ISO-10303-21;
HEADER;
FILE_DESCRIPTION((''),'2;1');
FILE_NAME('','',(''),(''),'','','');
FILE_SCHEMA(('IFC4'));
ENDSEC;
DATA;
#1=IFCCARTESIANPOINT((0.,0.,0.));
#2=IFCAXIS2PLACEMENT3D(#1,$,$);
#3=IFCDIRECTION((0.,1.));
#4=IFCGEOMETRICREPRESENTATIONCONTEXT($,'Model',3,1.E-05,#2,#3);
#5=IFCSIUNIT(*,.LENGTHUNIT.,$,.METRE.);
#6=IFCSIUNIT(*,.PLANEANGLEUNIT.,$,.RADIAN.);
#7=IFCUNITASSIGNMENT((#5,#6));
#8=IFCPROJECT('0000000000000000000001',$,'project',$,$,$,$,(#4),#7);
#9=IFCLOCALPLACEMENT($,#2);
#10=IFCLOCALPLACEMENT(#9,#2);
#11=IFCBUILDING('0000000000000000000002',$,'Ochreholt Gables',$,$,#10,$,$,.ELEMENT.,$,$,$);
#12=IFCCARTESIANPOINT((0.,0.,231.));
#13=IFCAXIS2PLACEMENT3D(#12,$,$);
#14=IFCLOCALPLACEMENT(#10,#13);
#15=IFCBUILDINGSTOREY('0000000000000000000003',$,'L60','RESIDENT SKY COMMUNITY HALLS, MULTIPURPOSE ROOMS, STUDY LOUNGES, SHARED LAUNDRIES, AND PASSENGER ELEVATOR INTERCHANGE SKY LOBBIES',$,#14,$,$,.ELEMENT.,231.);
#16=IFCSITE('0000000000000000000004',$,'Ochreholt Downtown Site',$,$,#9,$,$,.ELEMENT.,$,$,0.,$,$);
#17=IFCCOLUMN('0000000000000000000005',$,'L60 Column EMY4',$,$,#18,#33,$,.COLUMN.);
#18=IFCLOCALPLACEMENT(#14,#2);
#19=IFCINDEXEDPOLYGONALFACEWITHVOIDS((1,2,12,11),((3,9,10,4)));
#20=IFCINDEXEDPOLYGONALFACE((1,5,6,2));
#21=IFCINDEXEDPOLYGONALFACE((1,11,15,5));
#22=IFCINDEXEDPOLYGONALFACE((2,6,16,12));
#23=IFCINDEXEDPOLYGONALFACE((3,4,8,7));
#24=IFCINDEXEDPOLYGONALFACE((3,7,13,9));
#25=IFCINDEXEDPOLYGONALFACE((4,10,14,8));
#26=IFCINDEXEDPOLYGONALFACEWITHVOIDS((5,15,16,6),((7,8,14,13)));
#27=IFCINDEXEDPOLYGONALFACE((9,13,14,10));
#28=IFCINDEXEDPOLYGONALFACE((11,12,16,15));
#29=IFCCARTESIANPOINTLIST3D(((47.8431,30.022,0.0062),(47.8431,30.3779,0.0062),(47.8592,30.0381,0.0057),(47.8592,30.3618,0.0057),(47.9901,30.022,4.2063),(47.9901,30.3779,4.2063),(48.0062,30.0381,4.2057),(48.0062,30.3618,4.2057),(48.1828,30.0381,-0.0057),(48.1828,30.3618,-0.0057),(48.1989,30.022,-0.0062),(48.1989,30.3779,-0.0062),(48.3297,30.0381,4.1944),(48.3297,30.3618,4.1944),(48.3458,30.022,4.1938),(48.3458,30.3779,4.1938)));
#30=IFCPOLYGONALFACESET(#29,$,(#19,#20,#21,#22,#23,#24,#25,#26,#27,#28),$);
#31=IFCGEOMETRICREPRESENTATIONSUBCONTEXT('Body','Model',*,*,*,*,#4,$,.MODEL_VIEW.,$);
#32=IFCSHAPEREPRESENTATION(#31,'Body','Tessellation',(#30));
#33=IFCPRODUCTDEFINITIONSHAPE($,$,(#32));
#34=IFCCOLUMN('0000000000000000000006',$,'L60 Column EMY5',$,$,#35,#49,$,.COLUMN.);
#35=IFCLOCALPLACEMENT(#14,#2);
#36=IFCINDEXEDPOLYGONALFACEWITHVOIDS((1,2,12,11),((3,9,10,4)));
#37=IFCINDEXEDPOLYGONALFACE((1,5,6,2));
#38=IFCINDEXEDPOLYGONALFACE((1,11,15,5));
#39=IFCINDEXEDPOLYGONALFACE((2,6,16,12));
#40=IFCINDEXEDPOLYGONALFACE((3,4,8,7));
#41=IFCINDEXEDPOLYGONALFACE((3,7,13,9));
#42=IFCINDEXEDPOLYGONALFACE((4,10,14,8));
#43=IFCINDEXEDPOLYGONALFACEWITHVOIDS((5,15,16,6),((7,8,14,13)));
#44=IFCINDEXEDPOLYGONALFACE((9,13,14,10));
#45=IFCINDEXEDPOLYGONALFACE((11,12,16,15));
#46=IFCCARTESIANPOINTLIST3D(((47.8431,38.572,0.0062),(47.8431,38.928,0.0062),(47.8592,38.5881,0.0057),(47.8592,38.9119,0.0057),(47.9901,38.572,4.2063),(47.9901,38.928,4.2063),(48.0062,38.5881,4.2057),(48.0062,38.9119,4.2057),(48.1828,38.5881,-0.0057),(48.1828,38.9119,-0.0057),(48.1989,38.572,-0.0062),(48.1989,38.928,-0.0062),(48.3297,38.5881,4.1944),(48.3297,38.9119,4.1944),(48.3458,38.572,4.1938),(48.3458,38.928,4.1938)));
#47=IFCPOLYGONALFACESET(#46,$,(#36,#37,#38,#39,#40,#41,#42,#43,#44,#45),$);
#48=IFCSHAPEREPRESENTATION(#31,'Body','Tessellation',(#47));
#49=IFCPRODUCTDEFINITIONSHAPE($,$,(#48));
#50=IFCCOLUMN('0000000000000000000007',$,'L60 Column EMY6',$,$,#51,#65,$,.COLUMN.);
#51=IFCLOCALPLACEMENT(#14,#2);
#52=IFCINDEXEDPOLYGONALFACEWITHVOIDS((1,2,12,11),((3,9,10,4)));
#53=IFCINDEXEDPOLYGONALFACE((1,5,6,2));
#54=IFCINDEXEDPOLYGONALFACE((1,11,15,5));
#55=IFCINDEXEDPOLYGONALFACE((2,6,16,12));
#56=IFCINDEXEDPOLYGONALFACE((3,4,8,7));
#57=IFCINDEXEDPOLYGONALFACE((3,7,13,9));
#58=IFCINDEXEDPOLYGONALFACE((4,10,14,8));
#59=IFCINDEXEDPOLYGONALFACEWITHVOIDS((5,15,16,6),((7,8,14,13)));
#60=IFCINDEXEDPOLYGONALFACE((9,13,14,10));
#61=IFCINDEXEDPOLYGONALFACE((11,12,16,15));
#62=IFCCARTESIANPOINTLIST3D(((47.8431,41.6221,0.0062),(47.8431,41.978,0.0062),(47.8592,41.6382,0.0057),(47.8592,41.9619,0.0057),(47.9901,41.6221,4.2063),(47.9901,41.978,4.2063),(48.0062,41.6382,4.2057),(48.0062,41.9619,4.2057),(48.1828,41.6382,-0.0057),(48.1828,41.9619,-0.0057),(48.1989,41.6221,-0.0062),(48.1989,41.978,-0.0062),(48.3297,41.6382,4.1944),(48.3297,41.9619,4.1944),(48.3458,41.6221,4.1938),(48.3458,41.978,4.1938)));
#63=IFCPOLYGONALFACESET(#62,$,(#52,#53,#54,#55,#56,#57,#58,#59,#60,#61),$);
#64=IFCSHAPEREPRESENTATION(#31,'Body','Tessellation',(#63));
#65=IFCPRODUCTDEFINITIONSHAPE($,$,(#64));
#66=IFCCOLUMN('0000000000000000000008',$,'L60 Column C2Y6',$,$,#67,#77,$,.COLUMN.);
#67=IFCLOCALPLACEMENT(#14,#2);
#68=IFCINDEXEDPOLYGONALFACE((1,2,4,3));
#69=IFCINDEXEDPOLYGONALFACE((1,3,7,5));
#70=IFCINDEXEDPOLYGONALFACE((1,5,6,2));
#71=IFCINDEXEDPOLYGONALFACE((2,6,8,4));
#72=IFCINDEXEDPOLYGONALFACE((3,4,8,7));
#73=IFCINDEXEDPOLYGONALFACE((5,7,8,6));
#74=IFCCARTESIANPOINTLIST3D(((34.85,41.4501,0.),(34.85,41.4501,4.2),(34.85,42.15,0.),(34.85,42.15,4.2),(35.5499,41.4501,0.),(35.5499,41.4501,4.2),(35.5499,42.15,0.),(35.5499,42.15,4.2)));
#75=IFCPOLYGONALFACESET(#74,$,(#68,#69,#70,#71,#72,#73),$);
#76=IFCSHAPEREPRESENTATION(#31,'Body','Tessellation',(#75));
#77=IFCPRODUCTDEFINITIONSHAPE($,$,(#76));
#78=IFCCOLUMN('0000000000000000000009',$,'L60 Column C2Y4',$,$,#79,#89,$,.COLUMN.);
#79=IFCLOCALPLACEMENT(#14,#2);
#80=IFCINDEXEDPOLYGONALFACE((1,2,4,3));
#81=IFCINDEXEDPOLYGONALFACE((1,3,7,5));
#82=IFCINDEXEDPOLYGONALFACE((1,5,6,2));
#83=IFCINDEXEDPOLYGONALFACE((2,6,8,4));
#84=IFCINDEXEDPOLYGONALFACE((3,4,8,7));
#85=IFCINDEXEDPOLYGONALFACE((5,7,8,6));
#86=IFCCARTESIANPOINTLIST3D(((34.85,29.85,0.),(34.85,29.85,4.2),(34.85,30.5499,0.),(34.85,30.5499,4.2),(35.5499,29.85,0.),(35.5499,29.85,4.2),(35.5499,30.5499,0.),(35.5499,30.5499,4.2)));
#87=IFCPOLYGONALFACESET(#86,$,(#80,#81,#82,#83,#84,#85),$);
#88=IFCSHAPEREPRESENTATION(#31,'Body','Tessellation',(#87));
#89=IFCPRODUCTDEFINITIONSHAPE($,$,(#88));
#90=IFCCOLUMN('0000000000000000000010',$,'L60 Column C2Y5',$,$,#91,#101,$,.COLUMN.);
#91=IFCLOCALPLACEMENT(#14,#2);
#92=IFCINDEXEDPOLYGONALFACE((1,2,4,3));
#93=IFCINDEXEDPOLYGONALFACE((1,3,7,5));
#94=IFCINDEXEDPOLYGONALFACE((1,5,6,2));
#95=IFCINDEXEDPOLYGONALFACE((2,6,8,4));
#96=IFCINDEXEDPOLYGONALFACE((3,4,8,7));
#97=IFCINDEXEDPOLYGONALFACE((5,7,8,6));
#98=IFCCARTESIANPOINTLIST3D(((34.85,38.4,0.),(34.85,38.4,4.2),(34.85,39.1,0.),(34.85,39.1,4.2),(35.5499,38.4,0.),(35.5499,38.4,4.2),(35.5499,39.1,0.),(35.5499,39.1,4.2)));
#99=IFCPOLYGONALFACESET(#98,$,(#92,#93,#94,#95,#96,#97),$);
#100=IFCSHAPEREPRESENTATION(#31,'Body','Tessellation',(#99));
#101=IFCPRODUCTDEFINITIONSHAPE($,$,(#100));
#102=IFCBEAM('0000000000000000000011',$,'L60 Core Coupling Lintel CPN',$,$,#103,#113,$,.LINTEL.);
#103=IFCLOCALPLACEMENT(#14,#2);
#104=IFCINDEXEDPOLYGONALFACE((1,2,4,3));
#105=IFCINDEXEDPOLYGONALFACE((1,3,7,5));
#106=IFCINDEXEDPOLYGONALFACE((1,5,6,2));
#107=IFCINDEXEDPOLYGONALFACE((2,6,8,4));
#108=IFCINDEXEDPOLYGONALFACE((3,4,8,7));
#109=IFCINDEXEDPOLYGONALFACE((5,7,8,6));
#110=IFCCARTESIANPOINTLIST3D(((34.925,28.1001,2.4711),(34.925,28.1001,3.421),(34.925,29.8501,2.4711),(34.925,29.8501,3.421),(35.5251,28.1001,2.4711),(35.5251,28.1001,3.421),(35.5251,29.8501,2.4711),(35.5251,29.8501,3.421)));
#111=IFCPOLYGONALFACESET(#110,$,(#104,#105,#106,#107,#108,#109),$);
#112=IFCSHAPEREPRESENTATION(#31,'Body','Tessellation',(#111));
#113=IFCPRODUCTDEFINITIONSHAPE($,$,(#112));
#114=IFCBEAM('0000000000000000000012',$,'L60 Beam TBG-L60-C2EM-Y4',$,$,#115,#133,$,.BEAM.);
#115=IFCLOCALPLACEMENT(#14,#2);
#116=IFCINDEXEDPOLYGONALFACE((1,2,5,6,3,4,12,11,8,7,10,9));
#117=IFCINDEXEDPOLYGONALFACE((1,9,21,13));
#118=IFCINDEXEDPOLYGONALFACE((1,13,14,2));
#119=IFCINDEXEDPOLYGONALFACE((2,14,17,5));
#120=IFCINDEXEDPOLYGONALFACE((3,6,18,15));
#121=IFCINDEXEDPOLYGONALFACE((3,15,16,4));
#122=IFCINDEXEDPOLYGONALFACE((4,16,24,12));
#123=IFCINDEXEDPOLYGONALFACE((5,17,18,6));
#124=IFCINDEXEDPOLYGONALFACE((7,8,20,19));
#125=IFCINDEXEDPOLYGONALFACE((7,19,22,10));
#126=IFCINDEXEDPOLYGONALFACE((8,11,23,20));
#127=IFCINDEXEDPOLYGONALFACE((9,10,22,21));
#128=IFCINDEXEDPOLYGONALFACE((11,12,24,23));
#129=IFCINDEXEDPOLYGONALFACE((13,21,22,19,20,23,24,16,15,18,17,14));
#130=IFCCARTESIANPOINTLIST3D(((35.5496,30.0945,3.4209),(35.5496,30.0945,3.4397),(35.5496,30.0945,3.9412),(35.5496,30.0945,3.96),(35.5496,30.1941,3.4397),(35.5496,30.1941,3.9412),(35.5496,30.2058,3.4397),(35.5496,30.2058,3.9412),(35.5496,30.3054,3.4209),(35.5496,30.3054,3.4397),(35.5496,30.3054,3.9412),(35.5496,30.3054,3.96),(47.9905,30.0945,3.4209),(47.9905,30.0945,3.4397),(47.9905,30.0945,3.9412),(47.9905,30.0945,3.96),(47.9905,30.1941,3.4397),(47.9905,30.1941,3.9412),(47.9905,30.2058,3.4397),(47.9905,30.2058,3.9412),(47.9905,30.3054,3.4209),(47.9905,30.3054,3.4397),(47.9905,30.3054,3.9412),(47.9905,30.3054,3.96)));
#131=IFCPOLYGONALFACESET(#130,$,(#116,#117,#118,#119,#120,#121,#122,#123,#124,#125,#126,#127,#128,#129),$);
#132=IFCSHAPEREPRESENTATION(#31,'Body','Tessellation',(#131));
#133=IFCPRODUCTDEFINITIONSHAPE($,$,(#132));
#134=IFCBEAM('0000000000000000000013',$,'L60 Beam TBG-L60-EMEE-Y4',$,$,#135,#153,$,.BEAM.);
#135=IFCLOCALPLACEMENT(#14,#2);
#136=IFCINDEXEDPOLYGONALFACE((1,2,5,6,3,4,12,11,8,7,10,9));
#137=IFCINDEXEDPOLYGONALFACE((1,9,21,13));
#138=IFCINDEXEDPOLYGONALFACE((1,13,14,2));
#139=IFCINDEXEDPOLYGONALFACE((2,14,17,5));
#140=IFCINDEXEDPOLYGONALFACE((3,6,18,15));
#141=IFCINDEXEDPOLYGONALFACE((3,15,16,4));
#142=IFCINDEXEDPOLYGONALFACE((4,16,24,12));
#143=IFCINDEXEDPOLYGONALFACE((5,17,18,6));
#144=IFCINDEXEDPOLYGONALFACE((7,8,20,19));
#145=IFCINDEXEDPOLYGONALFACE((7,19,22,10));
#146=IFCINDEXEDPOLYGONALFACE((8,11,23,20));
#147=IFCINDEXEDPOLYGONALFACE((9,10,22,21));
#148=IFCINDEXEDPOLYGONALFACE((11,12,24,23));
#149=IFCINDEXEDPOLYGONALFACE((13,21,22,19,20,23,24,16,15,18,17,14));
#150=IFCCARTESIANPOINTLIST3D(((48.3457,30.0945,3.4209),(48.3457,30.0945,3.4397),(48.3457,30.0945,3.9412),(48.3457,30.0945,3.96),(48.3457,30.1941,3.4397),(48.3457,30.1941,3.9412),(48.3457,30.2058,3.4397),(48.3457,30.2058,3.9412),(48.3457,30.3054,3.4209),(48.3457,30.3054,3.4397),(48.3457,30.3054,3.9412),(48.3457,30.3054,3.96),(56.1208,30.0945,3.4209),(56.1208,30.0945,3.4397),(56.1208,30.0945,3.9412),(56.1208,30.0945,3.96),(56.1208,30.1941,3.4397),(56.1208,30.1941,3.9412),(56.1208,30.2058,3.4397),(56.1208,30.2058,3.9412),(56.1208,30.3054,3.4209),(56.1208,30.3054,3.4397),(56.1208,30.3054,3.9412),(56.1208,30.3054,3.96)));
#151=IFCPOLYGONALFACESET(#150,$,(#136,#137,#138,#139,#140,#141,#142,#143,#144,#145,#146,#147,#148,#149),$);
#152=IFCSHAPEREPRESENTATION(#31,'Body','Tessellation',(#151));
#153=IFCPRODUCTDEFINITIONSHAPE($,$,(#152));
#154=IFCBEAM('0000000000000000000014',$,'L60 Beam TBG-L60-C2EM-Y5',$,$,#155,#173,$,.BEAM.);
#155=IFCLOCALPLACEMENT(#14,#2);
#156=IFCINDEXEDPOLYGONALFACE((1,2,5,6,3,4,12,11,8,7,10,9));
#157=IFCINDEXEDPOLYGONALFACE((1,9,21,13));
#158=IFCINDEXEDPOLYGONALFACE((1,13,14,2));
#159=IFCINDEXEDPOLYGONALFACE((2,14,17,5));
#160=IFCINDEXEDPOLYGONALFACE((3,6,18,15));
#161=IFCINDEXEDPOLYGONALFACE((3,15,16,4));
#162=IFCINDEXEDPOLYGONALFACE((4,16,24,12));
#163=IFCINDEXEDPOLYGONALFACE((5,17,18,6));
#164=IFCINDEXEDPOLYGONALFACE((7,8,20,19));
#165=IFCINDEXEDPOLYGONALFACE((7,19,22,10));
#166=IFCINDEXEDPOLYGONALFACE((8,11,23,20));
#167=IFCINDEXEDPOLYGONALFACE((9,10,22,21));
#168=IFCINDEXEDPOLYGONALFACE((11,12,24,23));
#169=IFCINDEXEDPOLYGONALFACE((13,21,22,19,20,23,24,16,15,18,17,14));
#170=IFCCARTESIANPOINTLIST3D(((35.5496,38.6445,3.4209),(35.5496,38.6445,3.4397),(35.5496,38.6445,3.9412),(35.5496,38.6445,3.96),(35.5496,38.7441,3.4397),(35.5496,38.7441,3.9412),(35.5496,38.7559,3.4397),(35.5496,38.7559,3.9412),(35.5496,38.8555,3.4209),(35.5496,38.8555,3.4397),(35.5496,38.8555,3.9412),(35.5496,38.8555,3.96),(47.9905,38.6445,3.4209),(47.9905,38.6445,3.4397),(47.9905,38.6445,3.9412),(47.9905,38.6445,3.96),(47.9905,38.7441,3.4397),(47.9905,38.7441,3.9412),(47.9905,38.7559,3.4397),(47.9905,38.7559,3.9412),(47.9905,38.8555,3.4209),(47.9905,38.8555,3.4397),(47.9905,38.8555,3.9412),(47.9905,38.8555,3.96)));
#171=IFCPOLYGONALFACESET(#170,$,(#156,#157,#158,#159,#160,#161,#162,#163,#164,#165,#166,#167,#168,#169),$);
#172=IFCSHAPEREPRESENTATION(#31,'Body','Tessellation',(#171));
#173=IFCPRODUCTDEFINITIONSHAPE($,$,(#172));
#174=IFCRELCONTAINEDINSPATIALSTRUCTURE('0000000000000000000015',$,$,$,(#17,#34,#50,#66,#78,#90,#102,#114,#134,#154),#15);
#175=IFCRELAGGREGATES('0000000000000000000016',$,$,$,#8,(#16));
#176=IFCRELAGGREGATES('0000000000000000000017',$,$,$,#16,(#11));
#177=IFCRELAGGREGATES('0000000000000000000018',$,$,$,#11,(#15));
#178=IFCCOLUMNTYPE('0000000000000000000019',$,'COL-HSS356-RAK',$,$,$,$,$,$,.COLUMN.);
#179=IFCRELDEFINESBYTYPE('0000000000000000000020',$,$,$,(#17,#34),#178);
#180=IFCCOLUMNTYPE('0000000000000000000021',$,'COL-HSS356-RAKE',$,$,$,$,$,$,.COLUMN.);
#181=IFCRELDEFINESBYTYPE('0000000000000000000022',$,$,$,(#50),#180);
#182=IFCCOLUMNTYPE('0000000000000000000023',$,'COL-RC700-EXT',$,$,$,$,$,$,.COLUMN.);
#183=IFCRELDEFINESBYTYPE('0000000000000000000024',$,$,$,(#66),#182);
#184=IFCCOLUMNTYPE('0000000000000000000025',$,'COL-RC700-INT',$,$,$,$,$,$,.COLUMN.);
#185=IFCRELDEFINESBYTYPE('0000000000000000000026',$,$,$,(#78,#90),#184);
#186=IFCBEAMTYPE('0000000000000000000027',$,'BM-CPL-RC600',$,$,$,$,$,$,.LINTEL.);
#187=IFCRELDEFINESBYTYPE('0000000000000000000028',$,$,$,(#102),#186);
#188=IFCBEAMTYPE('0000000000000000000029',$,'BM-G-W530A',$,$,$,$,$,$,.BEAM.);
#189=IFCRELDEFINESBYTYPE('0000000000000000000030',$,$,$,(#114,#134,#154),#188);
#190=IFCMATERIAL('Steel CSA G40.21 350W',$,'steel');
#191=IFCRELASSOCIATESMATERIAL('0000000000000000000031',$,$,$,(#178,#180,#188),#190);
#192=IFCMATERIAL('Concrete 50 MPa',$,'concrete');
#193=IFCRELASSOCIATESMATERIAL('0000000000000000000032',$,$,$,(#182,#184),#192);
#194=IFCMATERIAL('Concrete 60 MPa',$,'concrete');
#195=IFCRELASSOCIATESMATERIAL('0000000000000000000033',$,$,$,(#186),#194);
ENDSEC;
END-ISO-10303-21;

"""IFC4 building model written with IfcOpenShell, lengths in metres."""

from ifc_helpers import new_model, si_unit, direction, frame, origin, origin_2d, place, context, subcontext, project, spatial, rectangle, hollow_rectangle, i_section, extrude, material, material_profile, profile_set, type_object, element, save


model = new_model("IFC4")

# Units and contexts
model_context = context("Model", 3, precision=1e-05, world=origin(), true_north=direction((0.0, 1.0)))
body_context = subcontext(model_context, "Body", "Model", "MODEL_VIEW")
ifc_project = project(units=[si_unit("LENGTHUNIT", "METRE"), si_unit("PLANEANGLEUNIT", "RADIAN")], contexts=[model_context])

# Site, building, storey
site_placement = place(None, origin())
site = spatial("IfcSite", under=ifc_project, at=site_placement, Name="Ochreholt Downtown Site", CompositionType="ELEMENT", RefElevation=0.0)
building_placement = place(site_placement, origin())
building = spatial("IfcBuilding", under=site, at=building_placement, Name="Ochreholt Gables", CompositionType="ELEMENT")
storey_placement = place(building_placement, frame((0.0, 0.0, 231.0)))
storey = spatial("IfcBuildingStorey", under=building, at=storey_placement, Name="L60", Description="RESIDENT SKY COMMUNITY HALLS, MULTIPURPOSE ROOMS, STUDY LOUNGES, SHARED LAUNDRIES, AND PASSENGER ELEVATOR INTERCHANGE SKY LOBBIES", CompositionType="ELEMENT", Elevation=231.0)

# Columns
ifc_material_1 = material(Name="Steel CSA G40.21 350W", Category="steel")
ifc_material_profile_1 = material_profile(ifc_material_1, hollow_rectangle(XDim=0.356, YDim=0.356, WallThickness=0.0161, at=origin_2d()), Name="HSS356X356X16")
ifc_profile_set_1 = profile_set([ifc_material_profile_1], Name="Steel CSA G40.21 350W")
column_type_1 = type_object("IfcColumnType", Name="COL-HSS356-RAK", PredefinedType="COLUMN", material=ifc_profile_set_1)
for number, where, z_axis, x_axis, name in (
    (1, (48.021, 30.2, 0.0), (0.034972, 0.0, 0.999388), (0.0, 1.0, 0.0), "L60 Column EMY4"),
    (2, (48.021, 38.75, 0.0), (0.034972, 0.0, 0.999388), (0.0, 1.0, 0.0), "L60 Column EMY5"),
):
    element("IfcColumn", number, at=place(storey_placement, frame(where, z_axis=z_axis, x_axis=x_axis)), inside=storey, type_object=column_type_1, Name=name, PredefinedType="COLUMN", context=body_context, shape_type="SweptSolid", body=[
        extrude(hollow_rectangle(XDim=0.356, YDim=0.356, WallThickness=0.0161, at=origin_2d()), origin(), (0.0, 0.0, 1.0), 4.2026),
    ])
ifc_material_profile_2 = material_profile(ifc_material_1, hollow_rectangle(XDim=0.356, YDim=0.356, WallThickness=0.0161, at=origin_2d()), Name="HSS356X356X16")
ifc_profile_set_2 = profile_set([ifc_material_profile_2], Name="Steel CSA G40.21 350W")
column_type_2 = type_object("IfcColumnType", Name="COL-HSS356-RAKE", PredefinedType="COLUMN", material=ifc_profile_set_2)
column_1_placement = place(storey_placement, frame((48.021, 41.8, 0.0), z_axis=(0.034972, 0.0, 0.999388), x_axis=(0.0, 1.0, 0.0)))
element("IfcColumn", 3, at=column_1_placement, inside=storey, type_object=column_type_2, Name="L60 Column EMY6", PredefinedType="COLUMN", context=body_context, shape_type="SweptSolid", body=[
    extrude(hollow_rectangle(XDim=0.356, YDim=0.356, WallThickness=0.0161, at=origin_2d()), origin(), (0.0, 0.0, 1.0), 4.2026),
])
ifc_material_2 = material(Name="Concrete 50 MPa", Category="concrete")
ifc_material_profile_3 = material_profile(ifc_material_2, rectangle(XDim=0.7, YDim=0.7, at=origin_2d()), Name="RC700X700")
ifc_profile_set_3 = profile_set([ifc_material_profile_3], Name="Concrete 50 MPa")
column_type_3 = type_object("IfcColumnType", Name="COL-RC700-EXT", PredefinedType="COLUMN", material=ifc_profile_set_3)
column_2_placement = place(storey_placement, frame((35.2, 41.8, 0.0), z_axis=(0.0, 0.0, 1.0), x_axis=(1.0, 0.0, 0.0)))
element("IfcColumn", 4, at=column_2_placement, inside=storey, type_object=column_type_3, Name="L60 Column C2Y6", PredefinedType="COLUMN", context=body_context, shape_type="SweptSolid", body=[
    extrude(rectangle(XDim=0.7, YDim=0.7, at=origin_2d()), origin(), (0.0, 0.0, 1.0), 4.2),
])
ifc_material_profile_4 = material_profile(ifc_material_2, rectangle(XDim=0.7, YDim=0.7, at=origin_2d()), Name="RC700X700")
ifc_profile_set_4 = profile_set([ifc_material_profile_4], Name="Concrete 50 MPa")
column_type_4 = type_object("IfcColumnType", Name="COL-RC700-INT", PredefinedType="COLUMN", material=ifc_profile_set_4)
for number, where, z_axis, x_axis, name in (
    (5, (35.2, 30.2, 0.0), (0.0, 0.0, 1.0), (1.0, 0.0, 0.0), "L60 Column C2Y4"),
    (6, (35.2, 38.75, 0.0), (0.0, 0.0, 1.0), (1.0, 0.0, 0.0), "L60 Column C2Y5"),
):
    element("IfcColumn", number, at=place(storey_placement, frame(where, z_axis=z_axis, x_axis=x_axis)), inside=storey, type_object=column_type_4, Name=name, PredefinedType="COLUMN", context=body_context, shape_type="SweptSolid", body=[
        extrude(rectangle(XDim=0.7, YDim=0.7, at=origin_2d()), origin(), (0.0, 0.0, 1.0), 4.2),
    ])

# Beams
ifc_material_3 = material(Name="Concrete 60 MPa", Category="concrete")
ifc_material_profile_5 = material_profile(ifc_material_3, rectangle(XDim=0.6001, YDim=0.95, at=origin_2d()), Name="RCB600X950")
ifc_profile_set_5 = profile_set([ifc_material_profile_5], Name="Concrete 60 MPa")
beam_type_1 = type_object("IfcBeamType", Name="BM-CPL-RC600", PredefinedType="LINTEL", material=ifc_profile_set_5)
beam_1_placement = place(storey_placement, frame((35.2251, 28.1001, 2.946), z_axis=(0.0, 1.0, 0.0), x_axis=(-1.0, 0.0, 0.0)))
element("IfcBeam", 7, at=beam_1_placement, inside=storey, type_object=beam_type_1, Name="L60 Core Coupling Lintel CPN", PredefinedType="LINTEL", context=body_context, shape_type="SweptSolid", body=[
    extrude(rectangle(XDim=0.6001, YDim=0.95, at=origin_2d()), origin(), (0.0, 0.0, 1.0), 1.75),
])
ifc_material_profile_6 = material_profile(ifc_material_1, i_section(OverallWidth=0.2109, OverallDepth=0.5391, WebThickness=0.0117, FlangeThickness=0.0188, at=origin_2d()), Name="W530X109")
ifc_profile_set_6 = profile_set([ifc_material_profile_6], Name="Steel CSA G40.21 350W")
beam_type_2 = type_object("IfcBeamType", Name="BM-G-W530A", PredefinedType="BEAM", material=ifc_profile_set_6)
beam_2_placement = place(storey_placement, frame((35.5496, 30.2, 3.6904), z_axis=(1.0, 0.0, 0.0), x_axis=(0.0, 1.0, 0.0)))
element("IfcBeam", 8, at=beam_2_placement, inside=storey, type_object=beam_type_2, Name="L60 Beam TBG-L60-C2EM-Y4", PredefinedType="BEAM", context=body_context, shape_type="SweptSolid", body=[
    extrude(i_section(OverallWidth=0.2109, OverallDepth=0.5391, WebThickness=0.0117, FlangeThickness=0.0188, at=origin_2d()), origin(), (0.0, 0.0, 1.0), 12.4409),
])
beam_3_placement = place(storey_placement, frame((48.3457, 30.2, 3.6904), z_axis=(1.0, 0.0, 0.0), x_axis=(0.0, 1.0, 0.0)))
element("IfcBeam", 9, at=beam_3_placement, inside=storey, type_object=beam_type_2, Name="L60 Beam TBG-L60-EMEE-Y4", PredefinedType="BEAM", context=body_context, shape_type="SweptSolid", body=[
    extrude(i_section(OverallWidth=0.2109, OverallDepth=0.5391, WebThickness=0.0117, FlangeThickness=0.0188, at=origin_2d()), origin(), (0.0, 0.0, 1.0), 7.7751),
])
beam_4_placement = place(storey_placement, frame((35.5496, 38.75, 3.6904), z_axis=(1.0, 0.0, 0.0), x_axis=(0.0, 1.0, 0.0)))
element("IfcBeam", 10, at=beam_4_placement, inside=storey, type_object=beam_type_2, Name="L60 Beam TBG-L60-C2EM-Y5", PredefinedType="BEAM", context=body_context, shape_type="SweptSolid", body=[
    extrude(i_section(OverallWidth=0.2109, OverallDepth=0.5391, WebThickness=0.0117, FlangeThickness=0.0188, at=origin_2d()), origin(), (0.0, 0.0, 1.0), 12.4409),
])

save(model, "model.ifc")
